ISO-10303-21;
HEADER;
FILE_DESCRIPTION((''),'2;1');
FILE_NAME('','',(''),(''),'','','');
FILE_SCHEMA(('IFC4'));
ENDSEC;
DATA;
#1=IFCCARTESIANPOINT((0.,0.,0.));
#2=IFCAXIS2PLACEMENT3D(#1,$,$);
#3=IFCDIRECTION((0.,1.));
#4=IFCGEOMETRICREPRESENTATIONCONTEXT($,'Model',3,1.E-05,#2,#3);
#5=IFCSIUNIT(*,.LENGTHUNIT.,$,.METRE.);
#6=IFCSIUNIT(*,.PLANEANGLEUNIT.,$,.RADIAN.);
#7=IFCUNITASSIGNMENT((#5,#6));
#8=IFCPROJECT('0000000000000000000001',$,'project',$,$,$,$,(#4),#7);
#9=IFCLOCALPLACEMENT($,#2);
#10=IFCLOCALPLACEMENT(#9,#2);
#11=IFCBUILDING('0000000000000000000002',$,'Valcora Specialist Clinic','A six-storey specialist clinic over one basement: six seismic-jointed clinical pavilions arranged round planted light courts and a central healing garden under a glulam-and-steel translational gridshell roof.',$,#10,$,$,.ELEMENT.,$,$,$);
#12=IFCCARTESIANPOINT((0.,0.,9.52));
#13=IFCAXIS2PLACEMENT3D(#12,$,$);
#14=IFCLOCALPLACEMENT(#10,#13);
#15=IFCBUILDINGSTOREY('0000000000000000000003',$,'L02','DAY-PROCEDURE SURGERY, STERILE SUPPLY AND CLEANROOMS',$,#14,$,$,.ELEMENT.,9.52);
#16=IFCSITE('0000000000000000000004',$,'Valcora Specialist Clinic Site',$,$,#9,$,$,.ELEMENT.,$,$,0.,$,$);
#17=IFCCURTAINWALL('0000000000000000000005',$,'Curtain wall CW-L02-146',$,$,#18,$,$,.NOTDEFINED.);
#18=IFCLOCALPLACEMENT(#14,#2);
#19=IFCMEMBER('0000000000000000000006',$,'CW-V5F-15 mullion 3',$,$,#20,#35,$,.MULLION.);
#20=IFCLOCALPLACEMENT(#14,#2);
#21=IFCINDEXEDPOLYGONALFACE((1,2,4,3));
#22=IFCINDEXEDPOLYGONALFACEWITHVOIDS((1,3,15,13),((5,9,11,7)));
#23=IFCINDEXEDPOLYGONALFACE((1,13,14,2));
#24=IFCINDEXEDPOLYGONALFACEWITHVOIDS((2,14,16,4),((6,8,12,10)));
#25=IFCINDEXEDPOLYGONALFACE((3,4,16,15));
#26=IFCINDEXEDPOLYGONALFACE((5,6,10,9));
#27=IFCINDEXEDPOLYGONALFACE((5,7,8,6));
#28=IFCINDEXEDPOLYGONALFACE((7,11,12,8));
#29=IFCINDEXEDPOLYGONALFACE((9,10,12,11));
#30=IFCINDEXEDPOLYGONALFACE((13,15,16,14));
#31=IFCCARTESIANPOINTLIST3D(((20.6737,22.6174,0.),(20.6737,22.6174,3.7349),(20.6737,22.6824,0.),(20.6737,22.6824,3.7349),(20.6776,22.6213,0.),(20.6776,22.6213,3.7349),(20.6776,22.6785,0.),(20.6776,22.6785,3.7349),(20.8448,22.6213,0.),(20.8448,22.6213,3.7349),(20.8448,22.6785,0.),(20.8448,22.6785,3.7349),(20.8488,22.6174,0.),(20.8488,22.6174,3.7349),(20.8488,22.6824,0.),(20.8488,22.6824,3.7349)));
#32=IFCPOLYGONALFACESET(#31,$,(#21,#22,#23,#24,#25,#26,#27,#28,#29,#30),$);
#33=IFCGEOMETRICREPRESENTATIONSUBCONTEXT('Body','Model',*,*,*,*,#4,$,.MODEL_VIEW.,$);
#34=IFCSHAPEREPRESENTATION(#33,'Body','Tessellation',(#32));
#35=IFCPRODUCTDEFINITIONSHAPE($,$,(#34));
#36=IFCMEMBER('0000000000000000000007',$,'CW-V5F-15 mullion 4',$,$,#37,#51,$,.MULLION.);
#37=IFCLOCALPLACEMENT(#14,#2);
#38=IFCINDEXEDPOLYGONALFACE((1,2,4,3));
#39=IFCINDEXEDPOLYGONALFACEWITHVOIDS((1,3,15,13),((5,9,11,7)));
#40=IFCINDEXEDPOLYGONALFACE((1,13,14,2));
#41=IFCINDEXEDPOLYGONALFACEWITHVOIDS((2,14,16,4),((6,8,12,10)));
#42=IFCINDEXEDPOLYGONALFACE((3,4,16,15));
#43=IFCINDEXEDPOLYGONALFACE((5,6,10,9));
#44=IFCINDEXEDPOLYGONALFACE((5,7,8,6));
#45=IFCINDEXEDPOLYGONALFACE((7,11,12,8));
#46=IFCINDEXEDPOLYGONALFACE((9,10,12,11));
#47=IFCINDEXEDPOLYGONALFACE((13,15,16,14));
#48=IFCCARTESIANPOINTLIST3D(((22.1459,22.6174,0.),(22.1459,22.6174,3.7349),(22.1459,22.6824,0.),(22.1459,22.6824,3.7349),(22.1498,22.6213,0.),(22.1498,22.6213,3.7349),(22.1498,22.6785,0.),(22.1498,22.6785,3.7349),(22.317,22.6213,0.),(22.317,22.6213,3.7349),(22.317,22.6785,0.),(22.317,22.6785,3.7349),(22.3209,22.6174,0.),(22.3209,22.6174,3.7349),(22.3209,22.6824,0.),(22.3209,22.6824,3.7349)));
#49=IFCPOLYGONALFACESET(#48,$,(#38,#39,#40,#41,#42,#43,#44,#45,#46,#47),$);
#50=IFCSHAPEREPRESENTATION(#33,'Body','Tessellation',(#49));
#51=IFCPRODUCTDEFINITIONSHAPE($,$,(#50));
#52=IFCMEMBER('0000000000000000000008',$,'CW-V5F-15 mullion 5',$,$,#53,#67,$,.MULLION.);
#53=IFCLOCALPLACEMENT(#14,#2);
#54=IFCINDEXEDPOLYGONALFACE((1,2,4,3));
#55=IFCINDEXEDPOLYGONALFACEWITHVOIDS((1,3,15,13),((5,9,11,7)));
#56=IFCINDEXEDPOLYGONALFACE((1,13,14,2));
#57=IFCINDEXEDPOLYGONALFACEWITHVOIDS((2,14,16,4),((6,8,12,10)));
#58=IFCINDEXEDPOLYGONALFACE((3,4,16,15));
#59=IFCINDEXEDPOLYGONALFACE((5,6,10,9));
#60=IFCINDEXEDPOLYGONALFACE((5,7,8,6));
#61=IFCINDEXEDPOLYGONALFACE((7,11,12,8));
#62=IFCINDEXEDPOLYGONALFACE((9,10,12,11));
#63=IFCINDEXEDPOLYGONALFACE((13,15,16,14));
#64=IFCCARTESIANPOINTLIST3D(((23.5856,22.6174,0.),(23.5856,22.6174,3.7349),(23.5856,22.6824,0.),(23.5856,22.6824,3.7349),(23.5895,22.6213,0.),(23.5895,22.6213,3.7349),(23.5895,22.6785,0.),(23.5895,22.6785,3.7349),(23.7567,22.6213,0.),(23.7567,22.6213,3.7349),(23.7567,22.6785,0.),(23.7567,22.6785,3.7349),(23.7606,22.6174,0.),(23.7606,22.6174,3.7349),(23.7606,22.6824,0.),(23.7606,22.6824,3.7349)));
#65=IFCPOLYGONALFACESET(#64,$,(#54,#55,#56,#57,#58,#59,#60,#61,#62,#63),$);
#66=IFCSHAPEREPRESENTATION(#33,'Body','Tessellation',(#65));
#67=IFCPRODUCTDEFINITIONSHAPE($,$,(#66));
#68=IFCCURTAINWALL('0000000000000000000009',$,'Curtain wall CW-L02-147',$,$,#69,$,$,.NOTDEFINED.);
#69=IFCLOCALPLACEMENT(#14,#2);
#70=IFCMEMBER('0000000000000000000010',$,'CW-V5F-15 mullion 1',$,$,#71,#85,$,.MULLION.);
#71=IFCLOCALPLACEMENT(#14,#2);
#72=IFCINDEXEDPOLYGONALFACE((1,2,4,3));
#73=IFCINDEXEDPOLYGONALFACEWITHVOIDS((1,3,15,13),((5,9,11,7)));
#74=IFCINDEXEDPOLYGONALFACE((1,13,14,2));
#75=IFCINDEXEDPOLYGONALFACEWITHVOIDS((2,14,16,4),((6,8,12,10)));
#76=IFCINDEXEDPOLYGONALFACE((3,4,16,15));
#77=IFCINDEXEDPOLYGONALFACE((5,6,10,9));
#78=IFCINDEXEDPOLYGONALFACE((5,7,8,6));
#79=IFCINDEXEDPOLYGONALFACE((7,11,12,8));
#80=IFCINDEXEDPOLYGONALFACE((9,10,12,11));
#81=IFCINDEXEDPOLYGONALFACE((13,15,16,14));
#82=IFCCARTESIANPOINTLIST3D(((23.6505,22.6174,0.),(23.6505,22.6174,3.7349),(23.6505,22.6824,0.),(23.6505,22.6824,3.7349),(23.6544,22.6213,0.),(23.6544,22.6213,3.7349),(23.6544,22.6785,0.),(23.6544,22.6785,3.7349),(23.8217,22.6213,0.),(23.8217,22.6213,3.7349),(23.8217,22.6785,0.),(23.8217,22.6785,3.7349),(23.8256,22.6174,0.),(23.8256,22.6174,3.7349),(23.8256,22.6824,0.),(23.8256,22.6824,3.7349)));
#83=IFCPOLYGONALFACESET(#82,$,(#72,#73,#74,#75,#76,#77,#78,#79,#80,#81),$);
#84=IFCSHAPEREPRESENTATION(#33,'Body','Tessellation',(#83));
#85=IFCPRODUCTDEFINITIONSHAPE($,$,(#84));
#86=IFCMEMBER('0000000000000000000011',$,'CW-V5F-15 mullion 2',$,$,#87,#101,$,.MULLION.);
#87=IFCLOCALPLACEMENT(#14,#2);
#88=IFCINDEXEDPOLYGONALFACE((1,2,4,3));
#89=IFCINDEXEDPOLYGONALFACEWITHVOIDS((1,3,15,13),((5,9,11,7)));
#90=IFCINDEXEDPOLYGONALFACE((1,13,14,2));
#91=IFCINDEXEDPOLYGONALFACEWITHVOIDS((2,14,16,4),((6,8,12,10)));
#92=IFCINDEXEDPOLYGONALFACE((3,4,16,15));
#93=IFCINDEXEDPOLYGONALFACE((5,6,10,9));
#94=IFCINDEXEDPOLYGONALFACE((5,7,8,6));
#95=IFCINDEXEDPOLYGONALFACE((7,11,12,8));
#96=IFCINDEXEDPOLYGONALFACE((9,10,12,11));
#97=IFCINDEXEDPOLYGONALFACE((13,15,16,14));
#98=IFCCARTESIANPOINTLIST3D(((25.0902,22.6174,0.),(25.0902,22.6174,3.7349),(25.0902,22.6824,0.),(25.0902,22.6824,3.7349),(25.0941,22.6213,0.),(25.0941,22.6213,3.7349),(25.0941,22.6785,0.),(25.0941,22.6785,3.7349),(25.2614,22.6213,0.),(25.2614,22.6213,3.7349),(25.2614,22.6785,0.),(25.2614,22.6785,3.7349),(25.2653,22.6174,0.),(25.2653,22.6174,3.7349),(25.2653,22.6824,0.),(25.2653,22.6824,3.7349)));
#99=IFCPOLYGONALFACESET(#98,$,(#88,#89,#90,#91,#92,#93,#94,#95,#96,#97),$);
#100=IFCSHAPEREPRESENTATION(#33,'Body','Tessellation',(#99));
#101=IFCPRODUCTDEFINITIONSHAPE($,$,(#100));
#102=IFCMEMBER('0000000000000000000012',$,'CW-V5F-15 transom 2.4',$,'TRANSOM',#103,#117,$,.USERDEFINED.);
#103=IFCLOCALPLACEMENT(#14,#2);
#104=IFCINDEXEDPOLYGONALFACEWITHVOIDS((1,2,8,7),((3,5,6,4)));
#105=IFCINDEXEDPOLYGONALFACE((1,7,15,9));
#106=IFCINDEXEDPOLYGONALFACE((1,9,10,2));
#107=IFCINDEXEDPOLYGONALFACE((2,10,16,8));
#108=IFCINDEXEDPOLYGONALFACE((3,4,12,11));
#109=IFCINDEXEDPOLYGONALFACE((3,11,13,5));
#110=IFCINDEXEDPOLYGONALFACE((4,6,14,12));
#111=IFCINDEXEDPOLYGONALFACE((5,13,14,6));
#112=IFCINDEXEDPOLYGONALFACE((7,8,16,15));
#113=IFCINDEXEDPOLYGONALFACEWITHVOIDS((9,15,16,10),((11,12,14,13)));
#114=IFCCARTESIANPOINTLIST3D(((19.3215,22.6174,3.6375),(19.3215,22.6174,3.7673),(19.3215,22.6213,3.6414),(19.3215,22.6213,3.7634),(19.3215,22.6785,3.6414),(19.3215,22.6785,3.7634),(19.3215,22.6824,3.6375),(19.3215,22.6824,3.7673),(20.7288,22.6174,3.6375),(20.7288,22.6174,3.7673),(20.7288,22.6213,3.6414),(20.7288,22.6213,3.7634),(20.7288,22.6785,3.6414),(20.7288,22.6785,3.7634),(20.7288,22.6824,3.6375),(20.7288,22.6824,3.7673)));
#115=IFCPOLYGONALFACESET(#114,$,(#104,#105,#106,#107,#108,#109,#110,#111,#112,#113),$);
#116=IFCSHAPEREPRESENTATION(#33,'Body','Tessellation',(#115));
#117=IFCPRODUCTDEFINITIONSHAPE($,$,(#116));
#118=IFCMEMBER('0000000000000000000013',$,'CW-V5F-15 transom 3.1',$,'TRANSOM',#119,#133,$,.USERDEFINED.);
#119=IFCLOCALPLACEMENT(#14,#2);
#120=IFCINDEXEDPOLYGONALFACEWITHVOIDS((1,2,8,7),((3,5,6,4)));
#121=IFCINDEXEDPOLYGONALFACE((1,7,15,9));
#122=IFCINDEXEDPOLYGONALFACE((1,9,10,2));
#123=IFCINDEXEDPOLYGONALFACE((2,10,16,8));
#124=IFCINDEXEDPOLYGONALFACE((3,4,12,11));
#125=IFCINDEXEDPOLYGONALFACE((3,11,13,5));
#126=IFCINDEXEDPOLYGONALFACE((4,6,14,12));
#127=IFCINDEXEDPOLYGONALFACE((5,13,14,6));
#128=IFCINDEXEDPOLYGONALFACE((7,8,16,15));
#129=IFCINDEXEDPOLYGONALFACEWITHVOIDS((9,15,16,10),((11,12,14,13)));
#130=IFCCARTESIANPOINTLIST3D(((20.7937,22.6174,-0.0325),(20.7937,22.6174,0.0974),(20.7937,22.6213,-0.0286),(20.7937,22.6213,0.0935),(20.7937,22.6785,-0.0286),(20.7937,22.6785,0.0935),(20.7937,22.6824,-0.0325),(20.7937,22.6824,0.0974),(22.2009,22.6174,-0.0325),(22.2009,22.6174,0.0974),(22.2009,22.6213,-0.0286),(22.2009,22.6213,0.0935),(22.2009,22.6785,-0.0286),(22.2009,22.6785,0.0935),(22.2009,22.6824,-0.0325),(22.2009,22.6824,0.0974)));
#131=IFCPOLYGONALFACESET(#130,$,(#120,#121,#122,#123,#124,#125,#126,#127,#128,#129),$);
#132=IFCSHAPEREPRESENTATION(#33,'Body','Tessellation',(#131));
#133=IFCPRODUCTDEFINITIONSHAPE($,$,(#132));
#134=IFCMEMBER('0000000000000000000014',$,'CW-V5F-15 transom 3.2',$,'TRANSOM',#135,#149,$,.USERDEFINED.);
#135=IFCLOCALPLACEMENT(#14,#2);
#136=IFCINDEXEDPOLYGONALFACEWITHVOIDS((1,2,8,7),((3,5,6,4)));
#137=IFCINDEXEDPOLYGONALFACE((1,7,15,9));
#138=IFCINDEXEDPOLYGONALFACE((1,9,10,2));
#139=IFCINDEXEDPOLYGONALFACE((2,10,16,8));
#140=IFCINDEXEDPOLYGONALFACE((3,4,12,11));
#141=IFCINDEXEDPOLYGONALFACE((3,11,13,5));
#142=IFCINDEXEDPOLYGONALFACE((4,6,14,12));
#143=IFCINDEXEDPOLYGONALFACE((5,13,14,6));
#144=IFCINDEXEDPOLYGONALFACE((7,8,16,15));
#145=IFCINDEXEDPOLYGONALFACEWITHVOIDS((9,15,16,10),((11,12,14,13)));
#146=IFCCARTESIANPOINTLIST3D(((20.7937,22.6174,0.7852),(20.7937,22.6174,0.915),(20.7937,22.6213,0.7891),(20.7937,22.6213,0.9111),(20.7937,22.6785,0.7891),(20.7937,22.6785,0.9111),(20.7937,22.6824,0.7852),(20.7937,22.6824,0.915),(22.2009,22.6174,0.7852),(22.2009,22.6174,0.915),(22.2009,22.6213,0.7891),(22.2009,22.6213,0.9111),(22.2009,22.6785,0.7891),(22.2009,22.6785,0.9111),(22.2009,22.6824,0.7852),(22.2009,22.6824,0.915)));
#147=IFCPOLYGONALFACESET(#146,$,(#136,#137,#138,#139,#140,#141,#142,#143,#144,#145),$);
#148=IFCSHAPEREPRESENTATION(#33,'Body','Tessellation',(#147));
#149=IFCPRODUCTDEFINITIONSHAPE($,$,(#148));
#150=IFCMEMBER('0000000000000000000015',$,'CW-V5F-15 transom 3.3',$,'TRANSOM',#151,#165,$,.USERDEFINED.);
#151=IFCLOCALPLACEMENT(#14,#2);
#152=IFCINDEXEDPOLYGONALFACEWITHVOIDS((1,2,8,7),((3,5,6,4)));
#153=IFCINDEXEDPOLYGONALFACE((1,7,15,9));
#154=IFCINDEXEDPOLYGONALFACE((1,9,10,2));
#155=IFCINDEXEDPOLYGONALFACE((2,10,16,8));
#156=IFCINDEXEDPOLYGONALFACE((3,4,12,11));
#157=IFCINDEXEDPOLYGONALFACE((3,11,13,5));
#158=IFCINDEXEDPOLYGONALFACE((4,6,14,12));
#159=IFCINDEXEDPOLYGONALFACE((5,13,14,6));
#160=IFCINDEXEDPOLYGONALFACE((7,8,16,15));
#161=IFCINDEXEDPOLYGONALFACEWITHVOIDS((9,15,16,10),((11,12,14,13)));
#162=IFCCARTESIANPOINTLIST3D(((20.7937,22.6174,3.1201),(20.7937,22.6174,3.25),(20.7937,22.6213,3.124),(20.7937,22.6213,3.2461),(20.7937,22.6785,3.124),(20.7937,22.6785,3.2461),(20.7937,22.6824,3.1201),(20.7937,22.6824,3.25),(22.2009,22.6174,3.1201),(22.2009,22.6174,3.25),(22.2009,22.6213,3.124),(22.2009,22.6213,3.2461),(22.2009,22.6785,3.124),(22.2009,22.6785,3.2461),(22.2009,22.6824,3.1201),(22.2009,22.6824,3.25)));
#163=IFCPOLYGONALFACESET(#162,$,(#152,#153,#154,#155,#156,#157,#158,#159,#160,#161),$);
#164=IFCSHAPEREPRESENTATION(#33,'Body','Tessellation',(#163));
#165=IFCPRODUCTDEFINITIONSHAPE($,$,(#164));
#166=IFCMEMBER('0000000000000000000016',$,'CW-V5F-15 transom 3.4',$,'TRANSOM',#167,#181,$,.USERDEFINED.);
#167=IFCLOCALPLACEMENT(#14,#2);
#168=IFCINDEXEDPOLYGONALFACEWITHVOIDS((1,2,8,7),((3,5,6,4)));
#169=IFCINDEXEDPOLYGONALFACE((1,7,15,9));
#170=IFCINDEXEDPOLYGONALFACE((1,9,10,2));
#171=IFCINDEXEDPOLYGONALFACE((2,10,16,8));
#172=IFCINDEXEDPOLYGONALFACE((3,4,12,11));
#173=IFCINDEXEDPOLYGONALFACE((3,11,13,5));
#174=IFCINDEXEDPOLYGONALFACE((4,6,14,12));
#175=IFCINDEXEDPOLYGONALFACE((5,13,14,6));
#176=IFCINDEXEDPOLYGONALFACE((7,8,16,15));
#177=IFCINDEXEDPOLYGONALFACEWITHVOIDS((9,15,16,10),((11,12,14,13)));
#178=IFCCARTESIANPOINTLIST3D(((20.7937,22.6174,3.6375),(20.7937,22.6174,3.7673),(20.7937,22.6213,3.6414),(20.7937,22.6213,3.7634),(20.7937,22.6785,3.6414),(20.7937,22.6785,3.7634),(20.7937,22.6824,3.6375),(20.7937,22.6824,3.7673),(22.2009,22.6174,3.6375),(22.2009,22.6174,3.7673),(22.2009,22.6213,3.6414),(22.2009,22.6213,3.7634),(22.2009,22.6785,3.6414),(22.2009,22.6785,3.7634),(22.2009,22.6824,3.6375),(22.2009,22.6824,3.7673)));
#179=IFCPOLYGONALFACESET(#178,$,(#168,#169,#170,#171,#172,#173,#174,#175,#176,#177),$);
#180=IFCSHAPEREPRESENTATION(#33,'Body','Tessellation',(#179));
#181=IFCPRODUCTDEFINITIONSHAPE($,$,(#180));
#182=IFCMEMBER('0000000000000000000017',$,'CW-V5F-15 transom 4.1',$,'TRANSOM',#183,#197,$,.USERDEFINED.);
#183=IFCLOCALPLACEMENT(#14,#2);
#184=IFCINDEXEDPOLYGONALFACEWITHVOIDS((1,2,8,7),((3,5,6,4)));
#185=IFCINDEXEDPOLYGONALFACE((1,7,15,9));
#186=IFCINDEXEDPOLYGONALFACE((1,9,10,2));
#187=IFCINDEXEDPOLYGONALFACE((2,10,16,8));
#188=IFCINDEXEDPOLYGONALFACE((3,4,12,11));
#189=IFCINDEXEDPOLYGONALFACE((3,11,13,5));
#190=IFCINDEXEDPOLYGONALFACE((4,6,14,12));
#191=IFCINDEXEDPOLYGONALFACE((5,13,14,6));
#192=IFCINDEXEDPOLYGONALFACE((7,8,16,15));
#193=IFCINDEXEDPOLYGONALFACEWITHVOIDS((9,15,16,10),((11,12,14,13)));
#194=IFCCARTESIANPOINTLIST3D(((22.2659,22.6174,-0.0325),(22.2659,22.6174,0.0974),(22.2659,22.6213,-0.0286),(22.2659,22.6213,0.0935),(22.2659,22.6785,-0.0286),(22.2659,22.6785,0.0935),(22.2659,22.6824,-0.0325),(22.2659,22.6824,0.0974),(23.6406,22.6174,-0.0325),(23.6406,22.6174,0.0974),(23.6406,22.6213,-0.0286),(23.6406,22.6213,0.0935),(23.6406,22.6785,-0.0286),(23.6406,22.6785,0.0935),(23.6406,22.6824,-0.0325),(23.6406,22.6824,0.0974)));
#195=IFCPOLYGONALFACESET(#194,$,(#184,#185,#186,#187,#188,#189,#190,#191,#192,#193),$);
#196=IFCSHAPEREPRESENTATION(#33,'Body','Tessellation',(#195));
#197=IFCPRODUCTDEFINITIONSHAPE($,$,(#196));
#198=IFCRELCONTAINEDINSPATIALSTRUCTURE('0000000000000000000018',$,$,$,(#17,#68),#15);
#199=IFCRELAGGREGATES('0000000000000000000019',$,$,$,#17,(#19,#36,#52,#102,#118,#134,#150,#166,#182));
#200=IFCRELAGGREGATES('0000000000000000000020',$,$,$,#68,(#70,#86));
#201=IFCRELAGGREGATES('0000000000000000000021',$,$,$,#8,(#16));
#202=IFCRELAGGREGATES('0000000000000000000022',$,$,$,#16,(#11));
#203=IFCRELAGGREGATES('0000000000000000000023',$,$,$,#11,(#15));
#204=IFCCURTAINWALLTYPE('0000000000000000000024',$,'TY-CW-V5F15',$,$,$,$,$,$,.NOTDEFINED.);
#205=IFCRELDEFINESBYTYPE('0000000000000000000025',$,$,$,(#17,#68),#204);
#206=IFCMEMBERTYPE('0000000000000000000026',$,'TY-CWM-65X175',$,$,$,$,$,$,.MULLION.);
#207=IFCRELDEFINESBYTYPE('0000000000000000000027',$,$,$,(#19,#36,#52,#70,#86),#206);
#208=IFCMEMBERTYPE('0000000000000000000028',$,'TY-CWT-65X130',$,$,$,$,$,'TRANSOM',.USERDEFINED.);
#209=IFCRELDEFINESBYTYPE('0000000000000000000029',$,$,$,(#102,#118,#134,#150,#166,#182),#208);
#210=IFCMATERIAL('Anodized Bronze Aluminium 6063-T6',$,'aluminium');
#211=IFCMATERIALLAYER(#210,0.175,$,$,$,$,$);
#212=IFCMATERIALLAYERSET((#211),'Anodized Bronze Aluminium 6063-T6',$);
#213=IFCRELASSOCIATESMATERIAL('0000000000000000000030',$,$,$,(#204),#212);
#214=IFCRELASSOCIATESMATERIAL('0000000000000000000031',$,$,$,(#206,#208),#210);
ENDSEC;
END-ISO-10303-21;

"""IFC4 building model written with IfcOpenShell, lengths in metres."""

from ifc_helpers import new_model, si_unit, direction, frame, origin, origin_2d, place, context, subcontext, project, spatial, hollow_rectangle, extrude, material, layer, layer_set, material_profile, profile_set, type_object, element, aggregate, save


model = new_model("IFC4")

# Units and contexts
model_context = context("Model", 3, precision=1e-05, world=origin(), true_north=direction((0.0, 1.0)))
body_context = subcontext(model_context, "Body", "Model", "MODEL_VIEW")
ifc_project = project(units=[si_unit("LENGTHUNIT", "METRE"), si_unit("PLANEANGLEUNIT", "RADIAN")], contexts=[model_context])

# Site, building, storey
site_placement = place(None, origin())
site = spatial("IfcSite", under=ifc_project, at=site_placement, Name="Valcora Specialist Clinic Site", CompositionType="ELEMENT", RefElevation=0.0)
building_placement = place(site_placement, origin())
building = spatial("IfcBuilding", under=site, at=building_placement, Name="Valcora Specialist Clinic", Description="A six-storey specialist clinic over one basement: six seismic-jointed clinical pavilions arranged round planted light courts and a central healing garden under a glulam-and-steel translational gridshell roof.", CompositionType="ELEMENT")
storey_placement = place(building_placement, frame((0.0, 0.0, 9.52)))
storey = spatial("IfcBuildingStorey", under=building, at=storey_placement, Name="L02", Description="DAY-PROCEDURE SURGERY, STERILE SUPPLY AND CLEANROOMS", CompositionType="ELEMENT", Elevation=9.52)

# Curtain walls, members
ifc_material_1 = material(Name="Anodized Bronze Aluminium 6063-T6", Category="aluminium")
ifc_layer_1 = layer(ifc_material_1, 0.175)
ifc_layer_set_1 = layer_set([ifc_layer_1], Name="Anodized Bronze Aluminium 6063-T6")
curtain_wall_type = type_object("IfcCurtainWallType", Name="TY-CW-V5F15", PredefinedType="NOTDEFINED", material=ifc_layer_set_1)
curtain_wall_1_placement = place(storey_placement, origin())
curtain_wall_1 = element("IfcCurtainWall", 1, at=curtain_wall_1_placement, inside=storey, type_object=curtain_wall_type, Name="Curtain wall CW-L02-146", PredefinedType="NOTDEFINED")
ifc_material_profile_1 = material_profile(ifc_material_1, hollow_rectangle(XDim=0.0649, YDim=0.175, WallThickness=0.0039, at=origin_2d()), Name="AL-MUL-65X175")
ifc_profile_set_1 = profile_set([ifc_material_profile_1], Name="Anodized Bronze Aluminium 6063-T6")
member_type_1 = type_object("IfcMemberType", Name="TY-CWM-65X175", PredefinedType="MULLION", material=ifc_profile_set_1)
member_1_placement = place(storey_placement, frame((20.7612, 22.6499, 0.0), z_axis=(0.0, 0.0, 1.0), x_axis=(0.0, 1.0, 0.0)))
member_1 = element("IfcMember", 2, at=member_1_placement, type_object=member_type_1, Name="CW-V5F-15 mullion 3", PredefinedType="MULLION", context=body_context, shape_type="SweptSolid", body=[
    extrude(hollow_rectangle(XDim=0.0649, YDim=0.175, WallThickness=0.0039, at=origin_2d()), origin(), (0.0, 0.0, 1.0), 3.7349),
])
member_2_placement = place(storey_placement, frame((22.2334, 22.6499, 0.0), z_axis=(0.0, 0.0, 1.0), x_axis=(0.0, 1.0, 0.0)))
member_2 = element("IfcMember", 3, at=member_2_placement, type_object=member_type_1, Name="CW-V5F-15 mullion 4", PredefinedType="MULLION", context=body_context, shape_type="SweptSolid", body=[
    extrude(hollow_rectangle(XDim=0.0649, YDim=0.175, WallThickness=0.0039, at=origin_2d()), origin(), (0.0, 0.0, 1.0), 3.7349),
])
member_3_placement = place(storey_placement, frame((23.6731, 22.6499, 0.0), z_axis=(0.0, 0.0, 1.0), x_axis=(0.0, 1.0, 0.0)))
member_3 = element("IfcMember", 4, at=member_3_placement, type_object=member_type_1, Name="CW-V5F-15 mullion 5", PredefinedType="MULLION", context=body_context, shape_type="SweptSolid", body=[
    extrude(hollow_rectangle(XDim=0.0649, YDim=0.175, WallThickness=0.0039, at=origin_2d()), origin(), (0.0, 0.0, 1.0), 3.7349),
])
curtain_wall_2_placement = place(storey_placement, origin())
curtain_wall_2 = element("IfcCurtainWall", 5, at=curtain_wall_2_placement, inside=storey, type_object=curtain_wall_type, Name="Curtain wall CW-L02-147", PredefinedType="NOTDEFINED")
member_4_placement = place(storey_placement, frame((23.738, 22.6499, 0.0), z_axis=(0.0, 0.0, 1.0), x_axis=(0.0, 1.0, 0.0)))
member_4 = element("IfcMember", 6, at=member_4_placement, type_object=member_type_1, Name="CW-V5F-15 mullion 1", PredefinedType="MULLION", context=body_context, shape_type="SweptSolid", body=[
    extrude(hollow_rectangle(XDim=0.0649, YDim=0.175, WallThickness=0.0039, at=origin_2d()), origin(), (0.0, 0.0, 1.0), 3.7349),
])
member_5_placement = place(storey_placement, frame((25.1777, 22.6499, 0.0), z_axis=(0.0, 0.0, 1.0), x_axis=(0.0, 1.0, 0.0)))
member_5 = element("IfcMember", 7, at=member_5_placement, type_object=member_type_1, Name="CW-V5F-15 mullion 2", PredefinedType="MULLION", context=body_context, shape_type="SweptSolid", body=[
    extrude(hollow_rectangle(XDim=0.0649, YDim=0.175, WallThickness=0.0039, at=origin_2d()), origin(), (0.0, 0.0, 1.0), 3.7349),
])

# Members
ifc_material_profile_2 = material_profile(ifc_material_1, hollow_rectangle(XDim=0.0649, YDim=0.1299, WallThickness=0.0039, at=origin_2d()), Name="AL-TRN-65X130")
ifc_profile_set_2 = profile_set([ifc_material_profile_2], Name="Anodized Bronze Aluminium 6063-T6")
member_type_2 = type_object("IfcMemberType", Name="TY-CWT-65X130", ElementType="TRANSOM", PredefinedType="USERDEFINED", material=ifc_profile_set_2)
member_6_placement = place(storey_placement, frame((19.3215, 22.6499, 3.7024), z_axis=(1.0, 0.0, 0.0), x_axis=(0.0, 1.0, 0.0)))
member_6 = element("IfcMember", 8, at=member_6_placement, type_object=member_type_2, Name="CW-V5F-15 transom 2.4", ObjectType="TRANSOM", PredefinedType="USERDEFINED", context=body_context, shape_type="SweptSolid", body=[
    extrude(hollow_rectangle(XDim=0.0649, YDim=0.1299, WallThickness=0.0039, at=origin_2d()), origin(), (0.0, 0.0, 1.0), 1.4072),
])
member_7_placement = place(storey_placement, frame((20.7937, 22.6499, 0.0325), z_axis=(1.0, 0.0, 0.0), x_axis=(0.0, 1.0, 0.0)))
member_7 = element("IfcMember", 9, at=member_7_placement, type_object=member_type_2, Name="CW-V5F-15 transom 3.1", ObjectType="TRANSOM", PredefinedType="USERDEFINED", context=body_context, shape_type="SweptSolid", body=[
    extrude(hollow_rectangle(XDim=0.0649, YDim=0.1299, WallThickness=0.0039, at=origin_2d()), origin(), (0.0, 0.0, 1.0), 1.4072),
])
member_8_placement = place(storey_placement, frame((20.7937, 22.6499, 0.8501), z_axis=(1.0, 0.0, 0.0), x_axis=(0.0, 1.0, 0.0)))
member_8 = element("IfcMember", 10, at=member_8_placement, type_object=member_type_2, Name="CW-V5F-15 transom 3.2", ObjectType="TRANSOM", PredefinedType="USERDEFINED", context=body_context, shape_type="SweptSolid", body=[
    extrude(hollow_rectangle(XDim=0.0649, YDim=0.1299, WallThickness=0.0039, at=origin_2d()), origin(), (0.0, 0.0, 1.0), 1.4072),
])
member_9_placement = place(storey_placement, frame((20.7937, 22.6499, 3.1851), z_axis=(1.0, 0.0, 0.0), x_axis=(0.0, 1.0, 0.0)))
member_9 = element("IfcMember", 11, at=member_9_placement, type_object=member_type_2, Name="CW-V5F-15 transom 3.3", ObjectType="TRANSOM", PredefinedType="USERDEFINED", context=body_context, shape_type="SweptSolid", body=[
    extrude(hollow_rectangle(XDim=0.0649, YDim=0.1299, WallThickness=0.0039, at=origin_2d()), origin(), (0.0, 0.0, 1.0), 1.4072),
])
member_10_placement = place(storey_placement, frame((20.7937, 22.6499, 3.7024), z_axis=(1.0, 0.0, 0.0), x_axis=(0.0, 1.0, 0.0)))
member_10 = element("IfcMember", 12, at=member_10_placement, type_object=member_type_2, Name="CW-V5F-15 transom 3.4", ObjectType="TRANSOM", PredefinedType="USERDEFINED", context=body_context, shape_type="SweptSolid", body=[
    extrude(hollow_rectangle(XDim=0.0649, YDim=0.1299, WallThickness=0.0039, at=origin_2d()), origin(), (0.0, 0.0, 1.0), 1.4072),
])
member_11_placement = place(storey_placement, frame((22.2659, 22.6499, 0.0325), z_axis=(1.0, 0.0, 0.0), x_axis=(0.0, 1.0, 0.0)))
member_11 = element("IfcMember", 13, at=member_11_placement, type_object=member_type_2, Name="CW-V5F-15 transom 4.1", ObjectType="TRANSOM", PredefinedType="USERDEFINED", context=body_context, shape_type="SweptSolid", body=[
    extrude(hollow_rectangle(XDim=0.0649, YDim=0.1299, WallThickness=0.0039, at=origin_2d()), origin(), (0.0, 0.0, 1.0), 1.3748),
])

aggregate(curtain_wall_1, [member_1, member_2, member_3, member_6, member_7, member_8, member_9, member_10, member_11])
aggregate(curtain_wall_2, [member_4, member_5])

save(model, "model.ifc")
